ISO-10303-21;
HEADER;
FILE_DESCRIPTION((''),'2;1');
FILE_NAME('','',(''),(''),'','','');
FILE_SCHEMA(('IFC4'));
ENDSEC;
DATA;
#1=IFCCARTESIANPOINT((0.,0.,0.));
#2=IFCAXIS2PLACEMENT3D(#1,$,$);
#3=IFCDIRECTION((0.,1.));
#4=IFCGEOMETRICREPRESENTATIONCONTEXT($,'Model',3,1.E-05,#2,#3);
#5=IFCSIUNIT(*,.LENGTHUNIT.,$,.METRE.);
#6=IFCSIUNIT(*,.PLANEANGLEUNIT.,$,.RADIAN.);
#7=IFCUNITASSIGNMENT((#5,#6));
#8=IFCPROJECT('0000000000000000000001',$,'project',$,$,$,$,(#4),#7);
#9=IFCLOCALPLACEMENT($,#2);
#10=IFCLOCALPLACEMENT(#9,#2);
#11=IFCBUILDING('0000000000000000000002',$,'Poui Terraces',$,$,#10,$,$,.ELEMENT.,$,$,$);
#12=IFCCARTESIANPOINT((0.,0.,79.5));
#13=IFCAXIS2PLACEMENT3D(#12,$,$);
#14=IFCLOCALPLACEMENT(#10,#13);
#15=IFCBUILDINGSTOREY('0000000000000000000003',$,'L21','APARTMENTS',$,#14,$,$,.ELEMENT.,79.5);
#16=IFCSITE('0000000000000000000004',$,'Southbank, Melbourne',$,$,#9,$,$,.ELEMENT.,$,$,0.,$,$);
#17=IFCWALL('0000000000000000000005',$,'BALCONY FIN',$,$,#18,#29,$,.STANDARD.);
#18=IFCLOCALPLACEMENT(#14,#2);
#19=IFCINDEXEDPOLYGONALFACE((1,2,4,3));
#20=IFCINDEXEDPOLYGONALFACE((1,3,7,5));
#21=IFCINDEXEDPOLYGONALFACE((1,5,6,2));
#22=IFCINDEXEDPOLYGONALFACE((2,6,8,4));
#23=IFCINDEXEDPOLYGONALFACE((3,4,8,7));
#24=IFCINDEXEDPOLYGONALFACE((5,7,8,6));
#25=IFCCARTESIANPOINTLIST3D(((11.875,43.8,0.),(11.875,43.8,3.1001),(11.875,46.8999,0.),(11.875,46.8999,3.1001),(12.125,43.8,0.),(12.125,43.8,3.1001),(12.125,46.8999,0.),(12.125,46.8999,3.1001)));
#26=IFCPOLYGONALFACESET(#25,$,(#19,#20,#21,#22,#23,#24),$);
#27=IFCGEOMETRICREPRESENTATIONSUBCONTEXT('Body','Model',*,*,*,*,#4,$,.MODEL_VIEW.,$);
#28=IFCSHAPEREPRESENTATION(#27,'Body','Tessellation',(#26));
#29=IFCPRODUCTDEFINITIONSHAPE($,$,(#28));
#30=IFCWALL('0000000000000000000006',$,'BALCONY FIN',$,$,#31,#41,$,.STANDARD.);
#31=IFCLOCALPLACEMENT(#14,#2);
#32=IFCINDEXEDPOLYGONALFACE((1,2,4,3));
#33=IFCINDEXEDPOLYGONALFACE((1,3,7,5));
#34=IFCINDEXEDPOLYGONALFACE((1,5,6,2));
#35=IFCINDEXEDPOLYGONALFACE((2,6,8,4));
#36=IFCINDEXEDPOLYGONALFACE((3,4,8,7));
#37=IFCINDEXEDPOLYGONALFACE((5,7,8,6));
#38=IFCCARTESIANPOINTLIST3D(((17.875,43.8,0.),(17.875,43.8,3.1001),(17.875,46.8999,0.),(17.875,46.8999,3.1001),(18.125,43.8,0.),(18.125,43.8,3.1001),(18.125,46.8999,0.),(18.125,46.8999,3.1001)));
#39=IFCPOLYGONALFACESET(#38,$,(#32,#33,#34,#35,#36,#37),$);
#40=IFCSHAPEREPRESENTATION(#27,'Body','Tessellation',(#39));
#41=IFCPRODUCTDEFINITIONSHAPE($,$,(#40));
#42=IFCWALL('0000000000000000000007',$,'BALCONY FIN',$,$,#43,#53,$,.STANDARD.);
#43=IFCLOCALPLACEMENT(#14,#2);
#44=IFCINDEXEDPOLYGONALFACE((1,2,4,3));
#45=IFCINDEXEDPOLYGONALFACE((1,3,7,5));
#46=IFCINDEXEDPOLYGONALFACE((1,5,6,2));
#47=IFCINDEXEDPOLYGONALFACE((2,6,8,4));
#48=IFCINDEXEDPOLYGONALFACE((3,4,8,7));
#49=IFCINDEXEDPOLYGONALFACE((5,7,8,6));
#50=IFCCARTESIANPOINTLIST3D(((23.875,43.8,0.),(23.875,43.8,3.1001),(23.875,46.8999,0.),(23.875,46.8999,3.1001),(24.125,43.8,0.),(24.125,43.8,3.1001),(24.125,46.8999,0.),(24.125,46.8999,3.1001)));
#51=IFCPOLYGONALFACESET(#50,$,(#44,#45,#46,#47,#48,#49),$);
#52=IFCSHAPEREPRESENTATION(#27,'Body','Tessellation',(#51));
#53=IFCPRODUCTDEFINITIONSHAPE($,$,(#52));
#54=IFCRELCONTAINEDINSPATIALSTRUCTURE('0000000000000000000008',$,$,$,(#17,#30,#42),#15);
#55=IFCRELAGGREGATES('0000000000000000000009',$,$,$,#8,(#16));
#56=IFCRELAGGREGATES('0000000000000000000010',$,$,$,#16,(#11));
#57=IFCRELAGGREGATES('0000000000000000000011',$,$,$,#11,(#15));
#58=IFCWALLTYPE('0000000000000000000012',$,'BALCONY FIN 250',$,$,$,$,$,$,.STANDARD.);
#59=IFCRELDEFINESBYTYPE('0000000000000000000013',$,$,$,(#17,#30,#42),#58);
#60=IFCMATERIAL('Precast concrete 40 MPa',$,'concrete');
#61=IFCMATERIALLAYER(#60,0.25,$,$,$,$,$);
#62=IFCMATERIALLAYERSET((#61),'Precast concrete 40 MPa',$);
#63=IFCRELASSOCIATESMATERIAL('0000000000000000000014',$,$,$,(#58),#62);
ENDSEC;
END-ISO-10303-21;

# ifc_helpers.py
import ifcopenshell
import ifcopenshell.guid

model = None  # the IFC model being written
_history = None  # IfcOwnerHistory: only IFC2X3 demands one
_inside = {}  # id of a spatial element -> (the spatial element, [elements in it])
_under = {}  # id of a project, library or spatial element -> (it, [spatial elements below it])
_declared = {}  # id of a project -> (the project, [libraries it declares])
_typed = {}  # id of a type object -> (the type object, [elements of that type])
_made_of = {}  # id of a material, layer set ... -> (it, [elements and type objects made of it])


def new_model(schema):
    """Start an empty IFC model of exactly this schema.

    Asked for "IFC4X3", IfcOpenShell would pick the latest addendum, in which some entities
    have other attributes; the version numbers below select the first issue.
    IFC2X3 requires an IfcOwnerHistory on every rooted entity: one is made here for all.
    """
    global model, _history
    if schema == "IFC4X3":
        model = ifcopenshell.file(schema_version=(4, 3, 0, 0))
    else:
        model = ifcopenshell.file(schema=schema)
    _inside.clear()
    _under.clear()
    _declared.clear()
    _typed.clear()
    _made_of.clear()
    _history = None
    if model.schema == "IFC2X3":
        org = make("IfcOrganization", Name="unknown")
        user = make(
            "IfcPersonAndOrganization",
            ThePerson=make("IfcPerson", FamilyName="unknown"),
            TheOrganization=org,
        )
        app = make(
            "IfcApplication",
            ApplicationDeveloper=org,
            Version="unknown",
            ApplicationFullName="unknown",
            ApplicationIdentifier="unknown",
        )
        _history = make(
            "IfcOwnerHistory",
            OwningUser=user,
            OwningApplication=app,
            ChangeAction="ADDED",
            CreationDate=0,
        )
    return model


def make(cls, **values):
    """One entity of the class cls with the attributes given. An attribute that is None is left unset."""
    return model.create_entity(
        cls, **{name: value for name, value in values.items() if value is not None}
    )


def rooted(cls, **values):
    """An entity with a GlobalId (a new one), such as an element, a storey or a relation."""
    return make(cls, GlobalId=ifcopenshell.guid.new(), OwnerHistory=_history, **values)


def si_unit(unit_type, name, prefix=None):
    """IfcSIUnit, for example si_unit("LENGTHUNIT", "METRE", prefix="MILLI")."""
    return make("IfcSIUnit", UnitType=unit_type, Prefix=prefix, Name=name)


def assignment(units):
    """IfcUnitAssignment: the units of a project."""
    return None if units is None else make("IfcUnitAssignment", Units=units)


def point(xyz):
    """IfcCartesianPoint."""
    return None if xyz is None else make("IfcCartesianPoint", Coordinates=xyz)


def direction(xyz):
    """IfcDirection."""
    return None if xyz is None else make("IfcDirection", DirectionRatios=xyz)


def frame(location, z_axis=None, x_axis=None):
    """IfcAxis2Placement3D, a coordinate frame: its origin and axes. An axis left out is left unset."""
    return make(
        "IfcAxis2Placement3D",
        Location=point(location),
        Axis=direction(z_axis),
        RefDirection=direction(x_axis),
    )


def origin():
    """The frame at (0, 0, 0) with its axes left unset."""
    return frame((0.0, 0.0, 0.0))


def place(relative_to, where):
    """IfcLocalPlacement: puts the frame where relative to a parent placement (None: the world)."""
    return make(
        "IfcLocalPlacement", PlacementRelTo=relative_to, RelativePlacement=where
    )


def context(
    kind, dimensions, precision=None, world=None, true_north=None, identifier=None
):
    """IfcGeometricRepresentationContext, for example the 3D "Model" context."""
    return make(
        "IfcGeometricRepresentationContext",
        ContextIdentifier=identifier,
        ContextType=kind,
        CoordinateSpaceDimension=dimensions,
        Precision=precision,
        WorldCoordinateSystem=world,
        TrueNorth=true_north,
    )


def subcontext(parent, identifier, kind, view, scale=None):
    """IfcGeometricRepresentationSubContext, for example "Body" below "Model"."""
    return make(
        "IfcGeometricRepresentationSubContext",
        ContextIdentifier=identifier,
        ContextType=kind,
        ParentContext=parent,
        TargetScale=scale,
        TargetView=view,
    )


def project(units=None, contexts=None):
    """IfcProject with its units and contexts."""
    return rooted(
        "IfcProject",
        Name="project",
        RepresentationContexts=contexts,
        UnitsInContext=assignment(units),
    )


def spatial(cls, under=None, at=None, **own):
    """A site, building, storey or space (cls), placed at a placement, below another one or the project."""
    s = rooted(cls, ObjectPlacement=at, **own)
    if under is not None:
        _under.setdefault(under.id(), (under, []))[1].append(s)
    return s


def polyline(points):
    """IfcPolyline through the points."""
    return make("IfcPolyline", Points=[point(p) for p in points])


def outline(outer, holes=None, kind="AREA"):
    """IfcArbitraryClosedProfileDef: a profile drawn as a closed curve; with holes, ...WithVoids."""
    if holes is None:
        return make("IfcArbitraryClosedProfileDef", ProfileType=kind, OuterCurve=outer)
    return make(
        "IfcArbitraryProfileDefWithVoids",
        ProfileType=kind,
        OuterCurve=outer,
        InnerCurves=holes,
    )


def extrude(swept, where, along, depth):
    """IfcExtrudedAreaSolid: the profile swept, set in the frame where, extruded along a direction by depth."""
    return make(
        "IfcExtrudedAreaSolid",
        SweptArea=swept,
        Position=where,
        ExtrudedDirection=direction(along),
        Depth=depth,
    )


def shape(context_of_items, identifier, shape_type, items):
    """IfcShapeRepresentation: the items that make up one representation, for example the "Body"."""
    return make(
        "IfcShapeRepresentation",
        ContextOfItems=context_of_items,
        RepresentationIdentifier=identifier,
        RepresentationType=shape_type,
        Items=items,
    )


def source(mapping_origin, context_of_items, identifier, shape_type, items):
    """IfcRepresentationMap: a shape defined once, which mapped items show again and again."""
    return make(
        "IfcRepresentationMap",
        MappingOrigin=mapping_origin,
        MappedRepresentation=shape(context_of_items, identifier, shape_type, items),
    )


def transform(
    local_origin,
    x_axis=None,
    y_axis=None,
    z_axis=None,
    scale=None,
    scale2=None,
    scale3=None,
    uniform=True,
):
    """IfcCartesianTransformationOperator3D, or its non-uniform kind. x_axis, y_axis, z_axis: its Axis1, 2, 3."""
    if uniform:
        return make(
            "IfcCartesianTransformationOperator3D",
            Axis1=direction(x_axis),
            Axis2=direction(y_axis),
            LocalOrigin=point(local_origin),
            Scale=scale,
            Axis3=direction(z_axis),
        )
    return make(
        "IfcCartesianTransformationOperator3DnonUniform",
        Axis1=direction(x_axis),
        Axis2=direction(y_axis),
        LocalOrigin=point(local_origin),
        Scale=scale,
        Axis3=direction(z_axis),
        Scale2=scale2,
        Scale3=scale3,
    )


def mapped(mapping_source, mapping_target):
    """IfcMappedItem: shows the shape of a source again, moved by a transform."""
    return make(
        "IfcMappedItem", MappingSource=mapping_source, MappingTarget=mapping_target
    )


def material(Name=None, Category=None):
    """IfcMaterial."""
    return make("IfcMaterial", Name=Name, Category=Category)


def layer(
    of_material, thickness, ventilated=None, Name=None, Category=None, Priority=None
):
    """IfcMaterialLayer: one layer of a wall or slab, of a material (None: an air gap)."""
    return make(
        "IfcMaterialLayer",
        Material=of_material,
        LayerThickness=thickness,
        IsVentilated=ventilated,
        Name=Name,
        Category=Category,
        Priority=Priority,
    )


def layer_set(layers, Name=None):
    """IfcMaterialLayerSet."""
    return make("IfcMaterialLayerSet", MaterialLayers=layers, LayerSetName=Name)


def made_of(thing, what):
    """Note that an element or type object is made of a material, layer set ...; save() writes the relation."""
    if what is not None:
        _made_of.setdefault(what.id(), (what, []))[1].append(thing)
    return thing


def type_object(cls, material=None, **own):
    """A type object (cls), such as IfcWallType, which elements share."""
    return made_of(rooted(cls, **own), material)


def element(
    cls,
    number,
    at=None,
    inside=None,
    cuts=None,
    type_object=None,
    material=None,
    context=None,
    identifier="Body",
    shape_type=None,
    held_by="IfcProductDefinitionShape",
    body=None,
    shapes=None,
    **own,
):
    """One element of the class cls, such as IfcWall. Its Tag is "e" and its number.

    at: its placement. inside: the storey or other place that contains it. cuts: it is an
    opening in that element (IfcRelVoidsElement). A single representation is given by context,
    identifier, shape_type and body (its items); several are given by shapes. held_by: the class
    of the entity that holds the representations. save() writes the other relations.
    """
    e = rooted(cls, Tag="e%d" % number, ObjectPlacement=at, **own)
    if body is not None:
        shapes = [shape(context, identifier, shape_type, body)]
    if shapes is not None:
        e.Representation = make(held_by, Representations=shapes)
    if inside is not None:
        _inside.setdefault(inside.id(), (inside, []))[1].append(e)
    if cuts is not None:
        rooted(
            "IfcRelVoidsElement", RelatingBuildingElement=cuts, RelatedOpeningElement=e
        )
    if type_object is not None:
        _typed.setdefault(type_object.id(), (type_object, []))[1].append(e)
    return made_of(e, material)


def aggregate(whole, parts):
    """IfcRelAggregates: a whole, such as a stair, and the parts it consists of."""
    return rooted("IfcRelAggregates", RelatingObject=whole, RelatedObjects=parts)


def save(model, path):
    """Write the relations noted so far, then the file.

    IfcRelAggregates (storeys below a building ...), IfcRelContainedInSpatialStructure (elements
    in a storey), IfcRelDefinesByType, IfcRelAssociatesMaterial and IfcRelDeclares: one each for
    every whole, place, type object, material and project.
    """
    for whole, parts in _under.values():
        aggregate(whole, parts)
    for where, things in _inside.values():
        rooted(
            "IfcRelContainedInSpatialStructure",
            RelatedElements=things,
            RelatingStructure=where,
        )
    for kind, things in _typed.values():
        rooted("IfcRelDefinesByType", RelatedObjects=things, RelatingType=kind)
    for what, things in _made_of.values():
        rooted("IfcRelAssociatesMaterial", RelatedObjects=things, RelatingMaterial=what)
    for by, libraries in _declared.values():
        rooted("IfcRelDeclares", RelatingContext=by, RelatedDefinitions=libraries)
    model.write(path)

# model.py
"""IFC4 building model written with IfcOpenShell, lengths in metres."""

from ifc_helpers import new_model, si_unit, direction, frame, origin, place, context, subcontext, project, spatial, polyline, outline, extrude, source, transform, mapped, material, layer, layer_set, type_object, element, save


model = new_model("IFC4")

# Units and contexts
model_context = context("Model", 3, precision=1e-05, world=origin(), true_north=direction((0.0, 1.0)))
body_context = subcontext(model_context, "Body", "Model", "MODEL_VIEW")
ifc_project = project(units=[si_unit("LENGTHUNIT", "METRE"), si_unit("PLANEANGLEUNIT", "RADIAN")], contexts=[model_context])

# Site, building, storey
site_placement = place(None, origin())
site = spatial("IfcSite", under=ifc_project, at=site_placement, Name="Southbank, Melbourne", CompositionType="ELEMENT", RefElevation=0.0)
building_placement = place(site_placement, origin())
building = spatial("IfcBuilding", under=site, at=building_placement, Name="Poui Terraces", CompositionType="ELEMENT")
storey_placement = place(building_placement, frame((0.0, 0.0, 79.5)))
storey = spatial("IfcBuildingStorey", under=building, at=storey_placement, Name="L21", Description="APARTMENTS", CompositionType="ELEMENT", Elevation=79.5)

# Walls
ifc_material_1 = material(Name="Precast concrete 40 MPa", Category="concrete")
ifc_layer_1 = layer(ifc_material_1, 0.25)
ifc_layer_set_1 = layer_set([ifc_layer_1], Name="Precast concrete 40 MPa")
wall_type_1 = type_object("IfcWallType", Name="BALCONY FIN 250", PredefinedType="STANDARD", material=ifc_layer_set_1)
shared_shape_1 = source(origin(), body_context, "Body", "SweptSolid", [
    extrude(outline(polyline([(0.0, 0.0), (0.25, 0.0), (0.25, 3.0999), (0.0, 3.0999), (0.0, 0.0)])), origin(), (0.0, 0.0, 1.0), 3.1001),
])
for number, where, name in (
    (1, (11.875, 43.8, 0.0), "BALCONY FIN"),
    (2, (17.875, 43.8, 0.0), "BALCONY FIN"),
    (3, (23.875, 43.8, 0.0), "BALCONY FIN"),
):
    element("IfcWall", number, at=place(storey_placement, frame(where)), inside=storey, type_object=wall_type_1, Name=name, PredefinedType="STANDARD", context=body_context, shape_type="MappedRepresentation", body=[
        mapped(shared_shape_1, transform((0.0, 0.0, 0.0))),
    ])

save(model, "model.ifc")
